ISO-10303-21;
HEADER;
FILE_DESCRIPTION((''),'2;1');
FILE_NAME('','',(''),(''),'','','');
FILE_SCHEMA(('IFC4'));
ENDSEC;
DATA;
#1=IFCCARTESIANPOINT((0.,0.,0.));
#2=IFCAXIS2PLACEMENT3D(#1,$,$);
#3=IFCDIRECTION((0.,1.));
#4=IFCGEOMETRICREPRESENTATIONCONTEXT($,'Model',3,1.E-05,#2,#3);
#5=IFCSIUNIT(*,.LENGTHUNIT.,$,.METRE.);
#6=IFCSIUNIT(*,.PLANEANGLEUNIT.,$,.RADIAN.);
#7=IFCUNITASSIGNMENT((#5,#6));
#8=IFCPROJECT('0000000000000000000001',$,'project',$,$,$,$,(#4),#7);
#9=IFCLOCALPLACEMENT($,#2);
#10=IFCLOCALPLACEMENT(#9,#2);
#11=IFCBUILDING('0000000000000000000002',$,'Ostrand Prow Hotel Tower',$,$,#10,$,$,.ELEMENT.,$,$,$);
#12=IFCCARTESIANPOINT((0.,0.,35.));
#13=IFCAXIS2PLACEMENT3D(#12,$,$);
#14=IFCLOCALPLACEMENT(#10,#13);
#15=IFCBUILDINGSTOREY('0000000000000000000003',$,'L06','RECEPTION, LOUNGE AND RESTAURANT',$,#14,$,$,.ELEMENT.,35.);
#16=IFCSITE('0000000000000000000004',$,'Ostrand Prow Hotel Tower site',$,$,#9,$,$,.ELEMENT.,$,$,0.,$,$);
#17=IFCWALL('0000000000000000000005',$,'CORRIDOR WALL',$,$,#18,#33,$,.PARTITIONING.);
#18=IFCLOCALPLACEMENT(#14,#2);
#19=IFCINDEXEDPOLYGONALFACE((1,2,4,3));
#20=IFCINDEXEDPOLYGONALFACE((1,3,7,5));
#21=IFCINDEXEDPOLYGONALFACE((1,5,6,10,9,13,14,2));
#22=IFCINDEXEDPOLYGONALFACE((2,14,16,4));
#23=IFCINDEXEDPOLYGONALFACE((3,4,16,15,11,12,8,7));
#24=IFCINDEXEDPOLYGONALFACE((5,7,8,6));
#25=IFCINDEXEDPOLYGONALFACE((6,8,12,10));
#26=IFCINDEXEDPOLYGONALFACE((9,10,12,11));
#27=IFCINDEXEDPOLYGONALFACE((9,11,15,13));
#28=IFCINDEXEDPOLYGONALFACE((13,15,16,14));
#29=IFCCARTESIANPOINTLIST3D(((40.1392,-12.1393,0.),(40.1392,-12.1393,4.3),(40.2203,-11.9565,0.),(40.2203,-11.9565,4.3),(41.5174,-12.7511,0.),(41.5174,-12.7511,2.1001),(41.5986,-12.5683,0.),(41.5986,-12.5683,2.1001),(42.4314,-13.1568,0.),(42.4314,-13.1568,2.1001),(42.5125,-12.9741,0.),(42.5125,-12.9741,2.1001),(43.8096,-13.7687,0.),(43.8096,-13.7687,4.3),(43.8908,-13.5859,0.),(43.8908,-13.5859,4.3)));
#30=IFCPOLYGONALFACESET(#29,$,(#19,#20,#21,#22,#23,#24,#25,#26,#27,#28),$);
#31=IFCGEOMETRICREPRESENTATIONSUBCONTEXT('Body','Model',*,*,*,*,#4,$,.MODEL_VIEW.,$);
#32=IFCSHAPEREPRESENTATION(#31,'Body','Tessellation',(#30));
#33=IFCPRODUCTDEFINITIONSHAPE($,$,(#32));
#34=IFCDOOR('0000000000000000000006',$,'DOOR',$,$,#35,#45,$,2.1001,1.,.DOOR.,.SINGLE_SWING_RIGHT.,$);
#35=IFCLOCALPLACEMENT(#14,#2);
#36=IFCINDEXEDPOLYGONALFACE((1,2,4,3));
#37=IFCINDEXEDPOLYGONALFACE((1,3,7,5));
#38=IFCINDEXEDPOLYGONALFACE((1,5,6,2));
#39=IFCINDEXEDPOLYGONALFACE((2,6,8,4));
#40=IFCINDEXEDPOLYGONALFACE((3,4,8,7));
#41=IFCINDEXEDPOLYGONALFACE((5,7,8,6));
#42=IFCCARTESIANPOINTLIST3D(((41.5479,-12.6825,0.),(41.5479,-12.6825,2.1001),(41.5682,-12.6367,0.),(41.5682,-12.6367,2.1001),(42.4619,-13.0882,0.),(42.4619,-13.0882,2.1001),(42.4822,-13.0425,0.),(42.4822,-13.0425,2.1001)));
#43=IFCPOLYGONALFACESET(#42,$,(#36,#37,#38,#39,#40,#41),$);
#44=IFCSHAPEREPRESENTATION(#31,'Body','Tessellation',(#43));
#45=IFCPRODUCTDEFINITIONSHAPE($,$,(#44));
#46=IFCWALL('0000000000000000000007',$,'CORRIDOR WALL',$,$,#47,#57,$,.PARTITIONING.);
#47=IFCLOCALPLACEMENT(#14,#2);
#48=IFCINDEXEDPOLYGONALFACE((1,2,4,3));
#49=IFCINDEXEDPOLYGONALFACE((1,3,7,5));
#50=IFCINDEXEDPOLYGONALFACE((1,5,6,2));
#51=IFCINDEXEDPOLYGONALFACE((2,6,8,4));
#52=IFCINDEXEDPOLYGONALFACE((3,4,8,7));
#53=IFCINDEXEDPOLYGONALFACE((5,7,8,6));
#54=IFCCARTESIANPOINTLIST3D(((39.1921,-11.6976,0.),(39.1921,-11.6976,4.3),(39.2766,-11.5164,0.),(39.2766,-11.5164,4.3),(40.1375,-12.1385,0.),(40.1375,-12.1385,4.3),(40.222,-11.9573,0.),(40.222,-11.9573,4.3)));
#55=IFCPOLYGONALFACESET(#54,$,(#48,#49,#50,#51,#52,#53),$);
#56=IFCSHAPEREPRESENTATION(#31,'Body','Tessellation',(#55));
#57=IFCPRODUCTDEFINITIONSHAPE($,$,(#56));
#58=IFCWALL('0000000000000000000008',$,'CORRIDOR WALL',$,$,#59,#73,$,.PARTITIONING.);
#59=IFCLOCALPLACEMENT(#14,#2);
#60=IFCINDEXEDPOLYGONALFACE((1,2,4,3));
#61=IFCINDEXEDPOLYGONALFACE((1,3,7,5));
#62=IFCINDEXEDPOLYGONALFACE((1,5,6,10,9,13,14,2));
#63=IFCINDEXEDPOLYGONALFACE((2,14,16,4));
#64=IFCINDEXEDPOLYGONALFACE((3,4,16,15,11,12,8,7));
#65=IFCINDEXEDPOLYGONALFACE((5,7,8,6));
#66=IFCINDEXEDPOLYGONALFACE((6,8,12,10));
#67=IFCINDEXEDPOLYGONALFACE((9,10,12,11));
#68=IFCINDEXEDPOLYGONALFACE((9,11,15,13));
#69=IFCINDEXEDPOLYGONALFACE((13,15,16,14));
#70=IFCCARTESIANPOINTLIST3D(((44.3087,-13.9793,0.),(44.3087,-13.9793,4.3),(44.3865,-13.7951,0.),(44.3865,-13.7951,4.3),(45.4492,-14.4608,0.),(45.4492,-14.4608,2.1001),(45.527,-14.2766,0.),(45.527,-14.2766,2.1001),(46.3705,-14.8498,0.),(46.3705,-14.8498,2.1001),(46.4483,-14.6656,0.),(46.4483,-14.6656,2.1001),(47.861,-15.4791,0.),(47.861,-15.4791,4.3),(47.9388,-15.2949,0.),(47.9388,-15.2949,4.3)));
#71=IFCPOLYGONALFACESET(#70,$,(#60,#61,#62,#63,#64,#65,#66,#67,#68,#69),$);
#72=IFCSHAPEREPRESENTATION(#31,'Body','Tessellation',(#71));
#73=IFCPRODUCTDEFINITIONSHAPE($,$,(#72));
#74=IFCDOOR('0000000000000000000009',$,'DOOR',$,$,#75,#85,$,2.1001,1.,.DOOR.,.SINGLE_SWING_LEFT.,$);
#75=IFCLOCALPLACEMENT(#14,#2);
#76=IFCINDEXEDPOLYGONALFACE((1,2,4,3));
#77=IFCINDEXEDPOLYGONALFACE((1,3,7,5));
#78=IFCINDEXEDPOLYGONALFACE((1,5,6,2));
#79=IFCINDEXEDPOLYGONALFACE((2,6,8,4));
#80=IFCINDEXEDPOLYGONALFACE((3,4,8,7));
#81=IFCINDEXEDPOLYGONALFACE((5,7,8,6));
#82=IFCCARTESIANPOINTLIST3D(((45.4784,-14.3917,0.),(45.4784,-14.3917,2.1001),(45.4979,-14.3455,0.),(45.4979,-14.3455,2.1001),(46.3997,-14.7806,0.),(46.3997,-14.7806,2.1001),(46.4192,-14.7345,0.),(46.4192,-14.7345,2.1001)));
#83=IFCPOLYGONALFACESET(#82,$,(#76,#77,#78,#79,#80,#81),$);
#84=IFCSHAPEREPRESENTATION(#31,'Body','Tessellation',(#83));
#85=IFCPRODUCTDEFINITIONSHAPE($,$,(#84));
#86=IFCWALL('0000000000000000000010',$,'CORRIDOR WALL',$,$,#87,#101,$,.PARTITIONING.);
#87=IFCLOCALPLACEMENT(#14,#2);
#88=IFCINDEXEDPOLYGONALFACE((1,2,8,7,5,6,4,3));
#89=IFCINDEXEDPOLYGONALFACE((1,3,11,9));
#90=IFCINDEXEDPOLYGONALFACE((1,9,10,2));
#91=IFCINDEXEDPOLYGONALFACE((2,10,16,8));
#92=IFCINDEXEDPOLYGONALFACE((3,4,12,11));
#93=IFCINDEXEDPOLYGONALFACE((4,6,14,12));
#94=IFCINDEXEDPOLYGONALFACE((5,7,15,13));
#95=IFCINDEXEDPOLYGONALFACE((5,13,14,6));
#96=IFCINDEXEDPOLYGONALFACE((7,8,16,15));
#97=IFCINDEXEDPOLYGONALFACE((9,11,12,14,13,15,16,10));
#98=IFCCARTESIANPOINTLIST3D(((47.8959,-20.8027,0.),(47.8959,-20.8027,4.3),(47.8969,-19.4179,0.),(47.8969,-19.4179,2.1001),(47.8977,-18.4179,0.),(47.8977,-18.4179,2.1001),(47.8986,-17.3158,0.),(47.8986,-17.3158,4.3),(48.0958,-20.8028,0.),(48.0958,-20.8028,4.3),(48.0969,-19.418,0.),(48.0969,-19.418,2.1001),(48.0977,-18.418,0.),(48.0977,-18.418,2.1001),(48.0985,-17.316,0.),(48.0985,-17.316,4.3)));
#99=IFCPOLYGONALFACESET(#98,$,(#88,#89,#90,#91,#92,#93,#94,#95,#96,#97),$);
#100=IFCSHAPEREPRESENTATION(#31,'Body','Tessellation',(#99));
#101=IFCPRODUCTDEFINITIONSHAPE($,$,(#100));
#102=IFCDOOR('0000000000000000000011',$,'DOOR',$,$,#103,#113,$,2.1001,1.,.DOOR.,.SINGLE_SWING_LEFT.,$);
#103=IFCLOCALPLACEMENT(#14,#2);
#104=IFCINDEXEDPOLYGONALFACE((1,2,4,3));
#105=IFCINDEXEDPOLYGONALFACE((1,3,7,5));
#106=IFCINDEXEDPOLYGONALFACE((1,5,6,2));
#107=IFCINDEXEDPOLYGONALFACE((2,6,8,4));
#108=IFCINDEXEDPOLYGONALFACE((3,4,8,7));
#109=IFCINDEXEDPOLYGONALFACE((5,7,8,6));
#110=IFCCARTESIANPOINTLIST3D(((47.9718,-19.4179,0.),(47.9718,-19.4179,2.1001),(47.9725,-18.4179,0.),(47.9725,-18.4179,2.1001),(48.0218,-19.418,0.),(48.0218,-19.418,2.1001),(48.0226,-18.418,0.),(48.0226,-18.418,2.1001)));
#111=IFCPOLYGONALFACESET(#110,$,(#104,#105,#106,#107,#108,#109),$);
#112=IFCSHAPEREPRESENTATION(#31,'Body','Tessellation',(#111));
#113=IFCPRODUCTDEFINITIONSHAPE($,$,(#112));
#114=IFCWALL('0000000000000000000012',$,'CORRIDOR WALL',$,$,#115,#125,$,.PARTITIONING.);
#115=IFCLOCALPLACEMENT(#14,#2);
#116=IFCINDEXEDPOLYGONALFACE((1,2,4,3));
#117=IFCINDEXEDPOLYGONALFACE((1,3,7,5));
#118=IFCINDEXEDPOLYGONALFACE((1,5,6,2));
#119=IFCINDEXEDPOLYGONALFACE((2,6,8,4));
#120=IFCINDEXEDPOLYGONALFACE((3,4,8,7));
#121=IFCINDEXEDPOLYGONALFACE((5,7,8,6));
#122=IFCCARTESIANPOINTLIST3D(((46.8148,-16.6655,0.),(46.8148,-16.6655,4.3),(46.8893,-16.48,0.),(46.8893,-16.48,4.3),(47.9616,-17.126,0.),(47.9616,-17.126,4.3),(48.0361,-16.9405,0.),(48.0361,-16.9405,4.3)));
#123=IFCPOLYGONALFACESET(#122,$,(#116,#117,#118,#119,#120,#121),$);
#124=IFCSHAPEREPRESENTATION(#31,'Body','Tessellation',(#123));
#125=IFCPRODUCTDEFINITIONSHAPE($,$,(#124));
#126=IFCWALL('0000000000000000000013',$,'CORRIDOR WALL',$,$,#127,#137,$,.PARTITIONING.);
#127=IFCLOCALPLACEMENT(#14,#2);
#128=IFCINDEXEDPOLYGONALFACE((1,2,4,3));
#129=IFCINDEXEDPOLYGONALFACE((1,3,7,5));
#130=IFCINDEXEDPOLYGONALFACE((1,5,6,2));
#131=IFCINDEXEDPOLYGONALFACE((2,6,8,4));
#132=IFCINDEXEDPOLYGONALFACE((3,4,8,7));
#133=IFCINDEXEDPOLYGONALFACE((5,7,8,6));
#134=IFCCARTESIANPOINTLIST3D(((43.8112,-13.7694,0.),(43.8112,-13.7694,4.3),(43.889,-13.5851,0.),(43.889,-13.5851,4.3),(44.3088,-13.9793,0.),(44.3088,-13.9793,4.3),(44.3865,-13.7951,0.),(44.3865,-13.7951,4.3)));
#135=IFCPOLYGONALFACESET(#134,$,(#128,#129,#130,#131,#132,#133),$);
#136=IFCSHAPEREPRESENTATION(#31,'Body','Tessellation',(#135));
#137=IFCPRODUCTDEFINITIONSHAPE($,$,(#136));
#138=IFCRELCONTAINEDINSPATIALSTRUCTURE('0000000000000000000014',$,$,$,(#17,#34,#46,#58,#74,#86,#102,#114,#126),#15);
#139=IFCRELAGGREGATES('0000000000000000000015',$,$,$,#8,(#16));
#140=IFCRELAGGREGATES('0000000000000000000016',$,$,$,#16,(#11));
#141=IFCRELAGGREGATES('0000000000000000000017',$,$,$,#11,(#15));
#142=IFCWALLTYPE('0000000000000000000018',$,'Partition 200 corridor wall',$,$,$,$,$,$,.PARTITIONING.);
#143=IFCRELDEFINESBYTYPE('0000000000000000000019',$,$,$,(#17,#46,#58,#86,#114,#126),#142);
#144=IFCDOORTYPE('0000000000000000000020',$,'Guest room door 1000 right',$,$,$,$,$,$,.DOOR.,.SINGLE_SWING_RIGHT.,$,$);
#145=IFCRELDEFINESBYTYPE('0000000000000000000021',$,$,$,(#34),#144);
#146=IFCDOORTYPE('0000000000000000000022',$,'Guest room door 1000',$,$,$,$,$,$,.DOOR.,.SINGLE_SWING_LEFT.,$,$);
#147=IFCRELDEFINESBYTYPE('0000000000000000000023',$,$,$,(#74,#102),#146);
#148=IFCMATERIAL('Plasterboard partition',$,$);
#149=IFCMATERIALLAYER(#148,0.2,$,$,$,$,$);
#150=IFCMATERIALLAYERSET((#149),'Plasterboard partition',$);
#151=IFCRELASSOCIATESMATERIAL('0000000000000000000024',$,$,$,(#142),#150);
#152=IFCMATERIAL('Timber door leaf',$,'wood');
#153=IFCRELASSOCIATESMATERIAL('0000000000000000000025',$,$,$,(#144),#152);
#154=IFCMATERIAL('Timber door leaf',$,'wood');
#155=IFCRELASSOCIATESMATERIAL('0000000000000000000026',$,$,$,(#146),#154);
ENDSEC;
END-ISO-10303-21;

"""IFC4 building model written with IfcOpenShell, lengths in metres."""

from ifc_helpers import new_model, si_unit, direction, frame, frame_2d, origin, place, context, subcontext, project, spatial, rectangle, extrude, material, layer, layer_set, type_object, element, fill, save


model = new_model("IFC4")

# Units and contexts
model_context = context("Model", 3, precision=1e-05, world=origin(), true_north=direction((0.0, 1.0)))
body_context = subcontext(model_context, "Body", "Model", "MODEL_VIEW")
ifc_project = project(units=[si_unit("LENGTHUNIT", "METRE"), si_unit("PLANEANGLEUNIT", "RADIAN")], contexts=[model_context])

# Site, building, storey
site_placement = place(None, origin())
site = spatial("IfcSite", under=ifc_project, at=site_placement, Name="Ostrand Prow Hotel Tower site", CompositionType="ELEMENT", RefElevation=0.0)
building_placement = place(site_placement, origin())
building = spatial("IfcBuilding", under=site, at=building_placement, Name="Ostrand Prow Hotel Tower", CompositionType="ELEMENT")
storey_placement = place(building_placement, frame((0.0, 0.0, 35.0)))
storey = spatial("IfcBuildingStorey", under=building, at=storey_placement, Name="L06", Description="RECEPTION, LOUNGE AND RESTAURANT", CompositionType="ELEMENT", Elevation=35.0)

# Wall, opening, door
ifc_material_1 = material(Name="Plasterboard partition")
ifc_layer_1 = layer(ifc_material_1, 0.2)
ifc_layer_set_1 = layer_set([ifc_layer_1], Name="Plasterboard partition")
wall_type_1 = type_object("IfcWallType", Name="Partition 200 corridor wall", PredefinedType="PARTITIONING", material=ifc_layer_set_1)
ifc_material_2 = material(Name="Timber door leaf", Category="wood")
door_type_1 = type_object("IfcDoorType", Name="Guest room door 1000 right", OperationType="SINGLE_SWING_RIGHT", PredefinedType="DOOR", material=ifc_material_2)
wall_1_placement = place(storey_placement, frame((43.8501, -13.6772, 0.0), z_axis=(0.0, 0.0, 1.0), x_axis=(-0.913987, 0.405744, 0.0)))
wall_1 = element("IfcWall", 1, at=wall_1_placement, inside=storey, type_object=wall_type_1, Name="CORRIDOR WALL", PredefinedType="PARTITIONING", context=body_context, shape_type="SweptSolid", body=[
    extrude(rectangle(XDim=4.0159, YDim=0.2, at=frame_2d((2.0078, 0.0))), origin(), (0.0, 0.0, 1.0), 4.3),
])
opening_1_placement = place(wall_1_placement, frame((1.5078, 0.0, 0.0)))
opening_1 = element("IfcOpeningElement", 2, at=opening_1_placement, cuts=wall_1, PredefinedType="OPENING", context=body_context, shape_type="SweptSolid", body=[
    extrude(rectangle(XDim=1.0, YDim=2.1001, at=frame_2d((0.5, 1.05))), frame((0.0, 0.1099, 0.0), z_axis=(0.0, -1.0, 0.0), x_axis=(1.0, 0.0, 0.0)), (0.0, 0.0, 1.0), 0.22),
])
door_1_placement = place(opening_1_placement, origin())
door_1 = element("IfcDoor", 3, at=door_1_placement, inside=storey, type_object=door_type_1, Name="DOOR", OperationType="SINGLE_SWING_RIGHT", OverallHeight=2.1001, OverallWidth=1.0, PredefinedType="DOOR", context=body_context, shape_type="SweptSolid", body=[
    extrude(rectangle(XDim=1.0, YDim=2.1001, at=frame_2d((0.5, 1.05))), frame((0.0, 0.0249, 0.0), z_axis=(0.0, -1.0, 0.0), x_axis=(1.0, 0.0, 0.0)), (0.0, 0.0, 1.0), 0.05),
])
fill(opening_1, door_1)

# Wall
wall_2_placement = place(storey_placement, frame((40.1797, -12.0479, 0.0), z_axis=(0.0, 0.0, 1.0), x_axis=(-0.906309, 0.422616, 0.0)))
element("IfcWall", 4, at=wall_2_placement, inside=storey, type_object=wall_type_1, Name="CORRIDOR WALL", PredefinedType="PARTITIONING", context=body_context, shape_type="SweptSolid", body=[
    extrude(rectangle(XDim=1.0432, YDim=0.2, at=frame_2d((0.5215, 0.0))), origin(), (0.0, 0.0, 1.0), 4.3),
])

# Walls, openings, doors
wall_3_placement = place(storey_placement, frame((47.8999, -15.387, 0.0), z_axis=(0.0, 0.0, 1.0), x_axis=(-0.921257, 0.388954, 0.0)))
wall_3 = element("IfcWall", 5, at=wall_3_placement, inside=storey, type_object=wall_type_1, Name="CORRIDOR WALL", PredefinedType="PARTITIONING", context=body_context, shape_type="SweptSolid", body=[
    extrude(rectangle(XDim=3.856, YDim=0.2, at=frame_2d((1.928, 0.0))), origin(), (0.0, 0.0, 1.0), 4.3),
])
opening_2_placement = place(wall_3_placement, frame((1.6179, 0.0, 0.0)))
opening_2 = element("IfcOpeningElement", 6, at=opening_2_placement, cuts=wall_3, PredefinedType="OPENING", context=body_context, shape_type="SweptSolid", body=[
    extrude(rectangle(XDim=1.0, YDim=2.1001, at=frame_2d((0.5, 1.05))), frame((0.0, 0.1099, 0.0), z_axis=(0.0, -1.0, 0.0), x_axis=(1.0, 0.0, 0.0)), (0.0, 0.0, 1.0), 0.22),
])
ifc_material_3 = material(Name="Timber door leaf", Category="wood")
door_type_2 = type_object("IfcDoorType", Name="Guest room door 1000", OperationType="SINGLE_SWING_LEFT", PredefinedType="DOOR", material=ifc_material_3)
door_2_placement = place(opening_2_placement, origin())
door_2 = element("IfcDoor", 7, at=door_2_placement, inside=storey, type_object=door_type_2, Name="DOOR", OperationType="SINGLE_SWING_LEFT", OverallHeight=2.1001, OverallWidth=1.0, PredefinedType="DOOR", context=body_context, shape_type="SweptSolid", body=[
    extrude(rectangle(XDim=1.0, YDim=2.1001, at=frame_2d((0.5, 1.05))), frame((0.0, 0.0249, 0.0), z_axis=(0.0, -1.0, 0.0), x_axis=(1.0, 0.0, 0.0)), (0.0, 0.0, 1.0), 0.05),
])
fill(opening_2, door_2)
wall_4_placement = place(storey_placement, frame((47.9985, -17.3159, 0.0), z_axis=(0.0, 0.0, 1.0), x_axis=(-0.00077, -1.0, 0.0)))
wall_4 = element("IfcWall", 8, at=wall_4_placement, inside=storey, type_object=wall_type_1, Name="CORRIDOR WALL", PredefinedType="PARTITIONING", context=body_context, shape_type="SweptSolid", body=[
    extrude(rectangle(XDim=3.4868, YDim=0.2, at=frame_2d((1.7434, 0.0))), origin(), (0.0, 0.0, 1.0), 4.3),
])
opening_3_placement = place(wall_4_placement, frame((1.1021, 0.0, 0.0)))
opening_3 = element("IfcOpeningElement", 9, at=opening_3_placement, cuts=wall_4, PredefinedType="OPENING", context=body_context, shape_type="SweptSolid", body=[
    extrude(rectangle(XDim=1.0, YDim=2.1001, at=frame_2d((0.5, 1.05))), frame((0.0, 0.1099, 0.0), z_axis=(0.0, -1.0, 0.0), x_axis=(1.0, 0.0, 0.0)), (0.0, 0.0, 1.0), 0.22),
])
door_3_placement = place(opening_3_placement, origin())
door_3 = element("IfcDoor", 10, at=door_3_placement, inside=storey, type_object=door_type_2, Name="DOOR", OperationType="SINGLE_SWING_LEFT", OverallHeight=2.1001, OverallWidth=1.0, PredefinedType="DOOR", context=body_context, shape_type="SweptSolid", body=[
    extrude(rectangle(XDim=1.0, YDim=2.1001, at=frame_2d((0.5, 1.05))), frame((0.0, 0.0249, 0.0), z_axis=(0.0, -1.0, 0.0), x_axis=(1.0, 0.0, 0.0)), (0.0, 0.0, 1.0), 0.05),
])
fill(opening_3, door_3)

# Walls
wall_5_placement = place(storey_placement, frame((46.8521, -16.5728, 0.0), z_axis=(0.0, 0.0, 1.0), x_axis=(0.927985, -0.372617, 0.0)))
element("IfcWall", 11, at=wall_5_placement, inside=storey, type_object=wall_type_1, Name="CORRIDOR WALL", PredefinedType="PARTITIONING", context=body_context, shape_type="SweptSolid", body=[
    extrude(rectangle(XDim=1.2358, YDim=0.2, at=frame_2d((0.6179, 0.0))), origin(), (0.0, 0.0, 1.0), 4.3),
])
wall_6_placement = place(storey_placement, frame((44.3477, -13.8872, 0.0), z_axis=(0.0, 0.0, 1.0), x_axis=(-0.921329, 0.388784, 0.0)))
element("IfcWall", 12, at=wall_6_placement, inside=storey, type_object=wall_type_1, Name="CORRIDOR WALL", PredefinedType="PARTITIONING", context=body_context, shape_type="SweptSolid", body=[
    extrude(rectangle(XDim=0.54, YDim=0.2, at=frame_2d((0.27, 0.0))), origin(), (0.0, 0.0, 1.0), 4.3),
])

save(model, "model.ifc")
